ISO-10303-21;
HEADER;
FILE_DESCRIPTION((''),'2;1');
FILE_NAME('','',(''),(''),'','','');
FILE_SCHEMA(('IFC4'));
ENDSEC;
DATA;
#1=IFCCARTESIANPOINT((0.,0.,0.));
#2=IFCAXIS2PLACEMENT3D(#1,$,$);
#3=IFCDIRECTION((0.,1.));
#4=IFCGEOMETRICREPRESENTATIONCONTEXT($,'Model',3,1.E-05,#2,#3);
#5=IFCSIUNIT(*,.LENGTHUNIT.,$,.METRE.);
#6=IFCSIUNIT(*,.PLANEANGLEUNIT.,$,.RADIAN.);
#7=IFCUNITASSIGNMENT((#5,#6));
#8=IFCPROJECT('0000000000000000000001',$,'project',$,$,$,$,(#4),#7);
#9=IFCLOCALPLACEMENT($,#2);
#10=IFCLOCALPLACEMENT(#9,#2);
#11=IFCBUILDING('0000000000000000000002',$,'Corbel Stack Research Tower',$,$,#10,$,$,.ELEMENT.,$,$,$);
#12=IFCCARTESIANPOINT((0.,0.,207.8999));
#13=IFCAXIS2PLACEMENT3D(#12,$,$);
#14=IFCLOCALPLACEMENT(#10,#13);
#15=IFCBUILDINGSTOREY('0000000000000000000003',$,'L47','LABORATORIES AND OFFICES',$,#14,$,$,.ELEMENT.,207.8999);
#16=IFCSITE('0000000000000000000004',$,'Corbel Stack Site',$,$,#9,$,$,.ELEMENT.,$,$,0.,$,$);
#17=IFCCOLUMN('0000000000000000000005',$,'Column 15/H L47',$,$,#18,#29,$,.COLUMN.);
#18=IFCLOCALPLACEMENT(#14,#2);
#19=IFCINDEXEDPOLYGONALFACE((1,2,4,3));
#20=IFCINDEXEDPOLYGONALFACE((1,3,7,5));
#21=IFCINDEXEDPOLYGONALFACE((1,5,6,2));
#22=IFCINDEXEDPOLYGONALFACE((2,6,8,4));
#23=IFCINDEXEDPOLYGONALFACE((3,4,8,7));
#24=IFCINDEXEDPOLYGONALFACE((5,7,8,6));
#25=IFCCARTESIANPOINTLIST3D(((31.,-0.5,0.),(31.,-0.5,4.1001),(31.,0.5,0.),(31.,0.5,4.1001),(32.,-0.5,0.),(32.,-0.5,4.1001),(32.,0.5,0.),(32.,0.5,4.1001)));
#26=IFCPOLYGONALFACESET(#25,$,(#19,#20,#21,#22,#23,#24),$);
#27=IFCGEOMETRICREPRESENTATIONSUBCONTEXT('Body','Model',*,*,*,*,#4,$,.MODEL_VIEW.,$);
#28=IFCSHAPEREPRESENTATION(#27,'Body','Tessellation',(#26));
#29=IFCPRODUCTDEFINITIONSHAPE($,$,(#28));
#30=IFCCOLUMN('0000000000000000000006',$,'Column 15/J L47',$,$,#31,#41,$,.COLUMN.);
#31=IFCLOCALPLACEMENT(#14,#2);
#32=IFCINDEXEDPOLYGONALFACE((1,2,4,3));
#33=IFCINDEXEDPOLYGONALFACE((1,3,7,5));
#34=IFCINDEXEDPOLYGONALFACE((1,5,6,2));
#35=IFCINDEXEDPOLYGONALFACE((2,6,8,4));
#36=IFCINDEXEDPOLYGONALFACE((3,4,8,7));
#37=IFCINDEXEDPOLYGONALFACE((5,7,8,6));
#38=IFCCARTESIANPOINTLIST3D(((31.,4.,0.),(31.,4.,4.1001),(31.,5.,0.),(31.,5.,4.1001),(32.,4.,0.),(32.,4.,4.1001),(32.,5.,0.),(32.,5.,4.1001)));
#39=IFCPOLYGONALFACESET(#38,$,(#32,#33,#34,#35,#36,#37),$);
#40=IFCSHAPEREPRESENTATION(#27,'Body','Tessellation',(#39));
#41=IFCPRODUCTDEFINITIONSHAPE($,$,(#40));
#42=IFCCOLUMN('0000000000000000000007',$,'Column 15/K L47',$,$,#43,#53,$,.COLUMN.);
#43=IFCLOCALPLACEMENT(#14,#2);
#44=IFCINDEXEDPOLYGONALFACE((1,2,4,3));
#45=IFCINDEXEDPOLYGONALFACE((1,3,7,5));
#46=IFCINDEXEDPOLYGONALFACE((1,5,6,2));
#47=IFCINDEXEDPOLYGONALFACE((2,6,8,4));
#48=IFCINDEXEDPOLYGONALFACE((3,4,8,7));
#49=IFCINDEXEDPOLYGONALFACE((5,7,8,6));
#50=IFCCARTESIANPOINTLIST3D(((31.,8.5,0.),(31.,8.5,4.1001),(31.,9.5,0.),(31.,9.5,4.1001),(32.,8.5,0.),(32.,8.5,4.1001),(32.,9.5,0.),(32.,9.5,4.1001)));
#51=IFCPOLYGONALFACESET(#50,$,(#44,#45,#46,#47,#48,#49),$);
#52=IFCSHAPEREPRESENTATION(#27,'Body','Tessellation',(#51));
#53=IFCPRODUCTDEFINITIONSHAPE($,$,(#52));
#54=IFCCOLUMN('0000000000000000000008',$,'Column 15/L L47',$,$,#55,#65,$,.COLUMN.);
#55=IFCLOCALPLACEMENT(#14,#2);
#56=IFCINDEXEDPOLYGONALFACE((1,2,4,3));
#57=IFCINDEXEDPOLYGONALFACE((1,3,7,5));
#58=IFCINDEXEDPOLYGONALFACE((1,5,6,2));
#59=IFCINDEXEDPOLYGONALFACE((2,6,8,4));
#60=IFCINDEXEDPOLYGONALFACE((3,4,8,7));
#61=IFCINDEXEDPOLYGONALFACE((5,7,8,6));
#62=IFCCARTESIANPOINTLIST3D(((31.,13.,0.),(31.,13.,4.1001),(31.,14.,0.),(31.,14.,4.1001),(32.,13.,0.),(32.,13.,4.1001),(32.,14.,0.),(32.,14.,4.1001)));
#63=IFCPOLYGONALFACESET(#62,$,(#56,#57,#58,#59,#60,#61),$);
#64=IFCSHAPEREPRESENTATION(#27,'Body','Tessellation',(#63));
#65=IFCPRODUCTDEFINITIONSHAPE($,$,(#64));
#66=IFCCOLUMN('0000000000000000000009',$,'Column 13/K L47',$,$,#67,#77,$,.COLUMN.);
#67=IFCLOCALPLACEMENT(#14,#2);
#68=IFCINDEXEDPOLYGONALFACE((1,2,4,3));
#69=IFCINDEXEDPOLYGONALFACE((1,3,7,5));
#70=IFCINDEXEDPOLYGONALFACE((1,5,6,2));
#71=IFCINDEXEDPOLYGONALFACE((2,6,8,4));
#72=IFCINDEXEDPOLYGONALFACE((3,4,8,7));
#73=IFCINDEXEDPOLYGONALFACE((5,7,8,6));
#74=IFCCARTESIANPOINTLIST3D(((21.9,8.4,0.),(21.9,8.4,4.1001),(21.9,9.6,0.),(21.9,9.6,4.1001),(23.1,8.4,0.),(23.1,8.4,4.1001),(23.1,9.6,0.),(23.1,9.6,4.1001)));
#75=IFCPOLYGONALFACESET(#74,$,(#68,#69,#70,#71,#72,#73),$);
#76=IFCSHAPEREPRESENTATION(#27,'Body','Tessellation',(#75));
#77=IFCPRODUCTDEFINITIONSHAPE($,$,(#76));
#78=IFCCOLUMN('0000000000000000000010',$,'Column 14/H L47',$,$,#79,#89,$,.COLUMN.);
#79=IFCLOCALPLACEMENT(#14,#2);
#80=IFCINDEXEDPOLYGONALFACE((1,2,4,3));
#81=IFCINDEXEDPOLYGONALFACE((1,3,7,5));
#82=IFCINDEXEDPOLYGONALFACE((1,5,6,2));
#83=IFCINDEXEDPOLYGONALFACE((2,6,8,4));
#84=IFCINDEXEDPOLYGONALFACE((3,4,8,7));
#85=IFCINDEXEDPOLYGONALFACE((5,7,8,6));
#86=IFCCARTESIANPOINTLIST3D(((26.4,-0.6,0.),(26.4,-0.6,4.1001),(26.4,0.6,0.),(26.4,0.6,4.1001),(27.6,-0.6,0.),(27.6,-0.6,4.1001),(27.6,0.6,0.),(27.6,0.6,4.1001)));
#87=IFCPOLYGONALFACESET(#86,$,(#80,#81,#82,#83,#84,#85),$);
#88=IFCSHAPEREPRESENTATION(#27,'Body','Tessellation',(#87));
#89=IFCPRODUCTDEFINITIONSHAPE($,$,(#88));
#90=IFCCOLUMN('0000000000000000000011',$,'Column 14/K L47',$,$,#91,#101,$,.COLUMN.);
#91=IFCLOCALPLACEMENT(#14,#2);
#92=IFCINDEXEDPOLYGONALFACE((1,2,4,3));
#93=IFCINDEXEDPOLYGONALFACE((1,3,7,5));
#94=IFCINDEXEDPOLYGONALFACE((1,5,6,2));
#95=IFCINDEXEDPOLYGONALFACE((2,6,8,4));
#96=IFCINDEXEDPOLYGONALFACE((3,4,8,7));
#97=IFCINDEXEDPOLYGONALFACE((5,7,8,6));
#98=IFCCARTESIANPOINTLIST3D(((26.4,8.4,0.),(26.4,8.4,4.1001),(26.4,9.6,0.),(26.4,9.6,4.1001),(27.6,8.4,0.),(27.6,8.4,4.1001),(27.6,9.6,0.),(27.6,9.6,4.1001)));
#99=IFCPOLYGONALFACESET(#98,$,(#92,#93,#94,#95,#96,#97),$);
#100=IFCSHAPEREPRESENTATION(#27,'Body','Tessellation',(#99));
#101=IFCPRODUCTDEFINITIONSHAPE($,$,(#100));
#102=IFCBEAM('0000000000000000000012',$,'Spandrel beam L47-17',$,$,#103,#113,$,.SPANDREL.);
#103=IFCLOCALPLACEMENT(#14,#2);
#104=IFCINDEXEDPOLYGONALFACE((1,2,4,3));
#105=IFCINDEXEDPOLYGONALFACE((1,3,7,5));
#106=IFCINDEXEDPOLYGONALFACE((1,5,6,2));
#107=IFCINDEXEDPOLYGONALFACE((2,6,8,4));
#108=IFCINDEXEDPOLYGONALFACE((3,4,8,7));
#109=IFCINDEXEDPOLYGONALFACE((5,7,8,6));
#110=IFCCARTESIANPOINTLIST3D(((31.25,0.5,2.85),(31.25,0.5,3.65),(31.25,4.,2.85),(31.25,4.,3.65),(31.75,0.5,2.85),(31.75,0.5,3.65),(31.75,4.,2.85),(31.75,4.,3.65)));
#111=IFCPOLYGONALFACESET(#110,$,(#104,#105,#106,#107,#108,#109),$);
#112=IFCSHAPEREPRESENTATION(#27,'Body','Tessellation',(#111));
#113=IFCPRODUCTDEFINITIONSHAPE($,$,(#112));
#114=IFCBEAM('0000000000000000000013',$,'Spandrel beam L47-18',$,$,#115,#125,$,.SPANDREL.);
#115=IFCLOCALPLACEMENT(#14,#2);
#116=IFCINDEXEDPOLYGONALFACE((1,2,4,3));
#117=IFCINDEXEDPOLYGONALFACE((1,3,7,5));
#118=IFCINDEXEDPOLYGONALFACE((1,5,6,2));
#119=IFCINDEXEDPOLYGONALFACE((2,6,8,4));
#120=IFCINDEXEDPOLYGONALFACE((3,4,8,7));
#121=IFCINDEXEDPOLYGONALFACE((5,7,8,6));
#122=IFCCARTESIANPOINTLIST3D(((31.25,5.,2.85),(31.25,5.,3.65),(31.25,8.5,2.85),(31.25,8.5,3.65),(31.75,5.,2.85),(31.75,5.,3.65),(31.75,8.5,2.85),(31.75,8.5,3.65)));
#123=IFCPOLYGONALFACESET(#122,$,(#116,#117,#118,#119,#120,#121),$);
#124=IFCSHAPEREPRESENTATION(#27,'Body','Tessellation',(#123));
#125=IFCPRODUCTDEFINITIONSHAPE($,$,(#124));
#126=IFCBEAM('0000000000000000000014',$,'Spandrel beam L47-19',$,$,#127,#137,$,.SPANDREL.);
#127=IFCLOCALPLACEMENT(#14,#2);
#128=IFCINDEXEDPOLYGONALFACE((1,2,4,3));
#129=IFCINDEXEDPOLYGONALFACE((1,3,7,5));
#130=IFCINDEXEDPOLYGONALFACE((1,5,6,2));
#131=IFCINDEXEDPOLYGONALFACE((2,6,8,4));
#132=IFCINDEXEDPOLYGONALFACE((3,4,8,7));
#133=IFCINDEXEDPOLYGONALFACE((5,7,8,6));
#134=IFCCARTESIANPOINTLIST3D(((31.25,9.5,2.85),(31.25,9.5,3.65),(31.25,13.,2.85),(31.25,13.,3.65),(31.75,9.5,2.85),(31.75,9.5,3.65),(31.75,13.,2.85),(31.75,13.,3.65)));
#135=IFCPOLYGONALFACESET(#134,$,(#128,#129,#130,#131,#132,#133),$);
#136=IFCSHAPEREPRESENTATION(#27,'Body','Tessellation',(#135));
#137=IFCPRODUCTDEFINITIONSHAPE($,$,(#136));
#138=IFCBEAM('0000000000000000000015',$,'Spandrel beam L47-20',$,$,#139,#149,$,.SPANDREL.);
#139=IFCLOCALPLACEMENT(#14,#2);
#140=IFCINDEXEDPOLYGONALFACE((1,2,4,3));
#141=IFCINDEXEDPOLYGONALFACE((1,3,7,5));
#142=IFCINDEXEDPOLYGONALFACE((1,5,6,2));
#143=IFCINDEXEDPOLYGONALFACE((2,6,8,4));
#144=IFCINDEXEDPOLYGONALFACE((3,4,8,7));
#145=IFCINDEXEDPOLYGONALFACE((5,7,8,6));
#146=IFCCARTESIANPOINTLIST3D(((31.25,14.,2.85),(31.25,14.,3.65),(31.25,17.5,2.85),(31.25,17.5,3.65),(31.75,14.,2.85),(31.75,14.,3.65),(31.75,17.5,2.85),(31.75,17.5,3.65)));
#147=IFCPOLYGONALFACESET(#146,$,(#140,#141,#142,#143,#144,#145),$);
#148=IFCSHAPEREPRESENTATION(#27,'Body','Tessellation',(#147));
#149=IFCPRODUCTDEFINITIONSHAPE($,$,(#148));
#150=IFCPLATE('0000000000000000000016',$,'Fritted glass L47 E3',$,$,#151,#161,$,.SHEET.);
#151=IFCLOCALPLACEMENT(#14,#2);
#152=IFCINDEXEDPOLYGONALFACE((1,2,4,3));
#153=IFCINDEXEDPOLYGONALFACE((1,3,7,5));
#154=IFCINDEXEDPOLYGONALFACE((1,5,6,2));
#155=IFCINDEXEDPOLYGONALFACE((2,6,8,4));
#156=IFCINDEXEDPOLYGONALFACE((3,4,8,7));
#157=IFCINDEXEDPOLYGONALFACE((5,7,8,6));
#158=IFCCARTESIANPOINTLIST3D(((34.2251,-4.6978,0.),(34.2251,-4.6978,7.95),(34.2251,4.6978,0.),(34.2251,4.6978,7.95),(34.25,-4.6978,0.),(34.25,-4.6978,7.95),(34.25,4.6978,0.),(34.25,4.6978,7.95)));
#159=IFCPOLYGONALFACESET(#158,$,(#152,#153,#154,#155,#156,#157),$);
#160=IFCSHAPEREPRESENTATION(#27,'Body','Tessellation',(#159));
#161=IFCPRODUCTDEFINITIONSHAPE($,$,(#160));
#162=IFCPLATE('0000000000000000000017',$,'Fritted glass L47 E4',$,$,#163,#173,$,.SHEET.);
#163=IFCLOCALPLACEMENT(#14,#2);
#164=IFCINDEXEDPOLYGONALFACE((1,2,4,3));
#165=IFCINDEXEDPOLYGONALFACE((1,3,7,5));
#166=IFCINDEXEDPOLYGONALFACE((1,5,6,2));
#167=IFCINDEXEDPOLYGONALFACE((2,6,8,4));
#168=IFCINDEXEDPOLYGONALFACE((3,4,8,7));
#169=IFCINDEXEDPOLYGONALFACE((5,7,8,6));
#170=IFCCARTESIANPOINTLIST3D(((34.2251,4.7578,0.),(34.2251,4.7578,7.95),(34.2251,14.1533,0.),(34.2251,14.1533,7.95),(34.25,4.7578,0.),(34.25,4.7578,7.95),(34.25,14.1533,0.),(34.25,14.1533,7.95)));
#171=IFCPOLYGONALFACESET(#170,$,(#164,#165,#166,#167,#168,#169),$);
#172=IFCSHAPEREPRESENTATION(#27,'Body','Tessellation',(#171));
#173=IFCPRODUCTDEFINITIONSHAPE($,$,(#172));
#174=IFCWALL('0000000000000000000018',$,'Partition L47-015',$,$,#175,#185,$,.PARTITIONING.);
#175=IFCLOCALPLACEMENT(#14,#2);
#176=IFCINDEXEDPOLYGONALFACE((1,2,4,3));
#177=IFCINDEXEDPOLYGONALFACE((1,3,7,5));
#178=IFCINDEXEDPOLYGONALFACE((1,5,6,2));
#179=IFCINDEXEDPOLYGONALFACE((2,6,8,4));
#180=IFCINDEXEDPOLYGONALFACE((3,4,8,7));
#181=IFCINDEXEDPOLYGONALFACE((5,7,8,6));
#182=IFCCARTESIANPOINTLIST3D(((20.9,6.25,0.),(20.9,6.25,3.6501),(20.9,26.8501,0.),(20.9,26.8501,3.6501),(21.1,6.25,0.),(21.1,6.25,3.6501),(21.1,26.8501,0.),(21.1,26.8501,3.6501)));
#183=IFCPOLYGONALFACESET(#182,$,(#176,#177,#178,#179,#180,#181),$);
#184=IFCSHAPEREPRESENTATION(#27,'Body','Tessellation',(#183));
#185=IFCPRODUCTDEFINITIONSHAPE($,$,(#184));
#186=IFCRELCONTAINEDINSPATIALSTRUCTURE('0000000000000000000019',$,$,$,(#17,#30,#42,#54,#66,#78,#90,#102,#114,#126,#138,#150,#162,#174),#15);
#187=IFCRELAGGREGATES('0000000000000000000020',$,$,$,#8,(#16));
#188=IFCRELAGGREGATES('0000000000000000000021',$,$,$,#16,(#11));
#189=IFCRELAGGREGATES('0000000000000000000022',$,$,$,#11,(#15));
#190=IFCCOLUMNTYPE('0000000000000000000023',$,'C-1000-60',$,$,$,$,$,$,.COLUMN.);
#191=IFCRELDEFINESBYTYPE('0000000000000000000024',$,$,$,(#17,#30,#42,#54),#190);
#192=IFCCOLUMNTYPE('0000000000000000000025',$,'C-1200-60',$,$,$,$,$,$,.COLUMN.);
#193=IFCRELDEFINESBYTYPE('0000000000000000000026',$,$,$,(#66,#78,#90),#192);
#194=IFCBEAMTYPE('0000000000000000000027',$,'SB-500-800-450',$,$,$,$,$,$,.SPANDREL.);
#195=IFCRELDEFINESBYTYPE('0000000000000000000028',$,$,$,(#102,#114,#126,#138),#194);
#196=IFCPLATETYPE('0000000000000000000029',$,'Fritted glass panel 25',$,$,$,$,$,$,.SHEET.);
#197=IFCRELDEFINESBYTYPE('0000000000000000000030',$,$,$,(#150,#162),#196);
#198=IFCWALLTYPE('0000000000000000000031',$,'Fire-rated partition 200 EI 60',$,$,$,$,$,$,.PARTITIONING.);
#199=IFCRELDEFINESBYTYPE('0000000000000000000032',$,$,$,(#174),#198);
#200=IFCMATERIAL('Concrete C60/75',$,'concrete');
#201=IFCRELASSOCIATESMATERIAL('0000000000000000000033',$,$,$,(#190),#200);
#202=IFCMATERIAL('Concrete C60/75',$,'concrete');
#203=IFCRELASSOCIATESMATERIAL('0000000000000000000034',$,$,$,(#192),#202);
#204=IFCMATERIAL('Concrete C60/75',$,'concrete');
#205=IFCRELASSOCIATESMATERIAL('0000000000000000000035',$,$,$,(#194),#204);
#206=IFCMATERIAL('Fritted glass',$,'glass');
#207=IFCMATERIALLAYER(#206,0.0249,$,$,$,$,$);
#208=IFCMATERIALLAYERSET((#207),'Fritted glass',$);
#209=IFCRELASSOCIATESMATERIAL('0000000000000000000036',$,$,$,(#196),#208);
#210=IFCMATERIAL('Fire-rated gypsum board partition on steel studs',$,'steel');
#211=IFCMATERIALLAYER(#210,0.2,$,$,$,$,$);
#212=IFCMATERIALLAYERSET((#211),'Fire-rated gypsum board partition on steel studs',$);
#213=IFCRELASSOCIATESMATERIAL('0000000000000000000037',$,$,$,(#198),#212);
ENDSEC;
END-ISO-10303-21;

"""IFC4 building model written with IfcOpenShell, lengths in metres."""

from ifc_helpers import new_model, si_unit, direction, frame, frame_2d, origin, origin_2d, place, context, subcontext, project, spatial, rectangle, extrude, material, layer, layer_set, material_profile, profile_set, type_object, element, save


model = new_model("IFC4")

# Units and contexts
model_context = context("Model", 3, precision=1e-05, world=origin(), true_north=direction((0.0, 1.0)))
body_context = subcontext(model_context, "Body", "Model", "MODEL_VIEW")
ifc_project = project(units=[si_unit("LENGTHUNIT", "METRE"), si_unit("PLANEANGLEUNIT", "RADIAN")], contexts=[model_context])

# Site, building, storey
site_placement = place(None, origin())
site = spatial("IfcSite", under=ifc_project, at=site_placement, Name="Corbel Stack Site", CompositionType="ELEMENT", RefElevation=0.0)
building_placement = place(site_placement, origin())
building = spatial("IfcBuilding", under=site, at=building_placement, Name="Corbel Stack Research Tower", CompositionType="ELEMENT")
storey_placement = place(building_placement, frame((0.0, 0.0, 207.8999)))
storey = spatial("IfcBuildingStorey", under=building, at=storey_placement, Name="L47", Description="LABORATORIES AND OFFICES", CompositionType="ELEMENT", Elevation=207.8999)

# Columns
ifc_material_1 = material(Name="Concrete C60/75", Category="concrete")
ifc_material_profile_1 = material_profile(ifc_material_1, rectangle(XDim=1.0, YDim=1.0, at=origin_2d()), Name="RC 1000 x 1000")
ifc_profile_set_1 = profile_set([ifc_material_profile_1], Name="Concrete C60/75")
column_type_1 = type_object("IfcColumnType", Name="C-1000-60", PredefinedType="COLUMN", material=ifc_profile_set_1)
for number, where, z_axis, x_axis, name in (
    (1, (31.5, 0.0, 0.0), (0.0, 0.0, 1.0), (1.0, 0.0, 0.0), "Column 15/H L47"),
    (2, (31.5, 4.5, 0.0), (0.0, 0.0, 1.0), (1.0, 0.0, 0.0), "Column 15/J L47"),
    (3, (31.5, 9.0, 0.0), (0.0, 0.0, 1.0), (1.0, 0.0, 0.0), "Column 15/K L47"),
    (4, (31.5, 13.5, 0.0), (0.0, 0.0, 1.0), (1.0, 0.0, 0.0), "Column 15/L L47"),
):
    element("IfcColumn", number, at=place(storey_placement, frame(where, z_axis=z_axis, x_axis=x_axis)), inside=storey, type_object=column_type_1, Name=name, PredefinedType="COLUMN", context=body_context, shape_type="SweptSolid", body=[
        extrude(rectangle(XDim=1.0, YDim=1.0, at=origin_2d()), origin(), (0.0, 0.0, 1.0), 4.1001),
    ])
ifc_material_2 = material(Name="Concrete C60/75", Category="concrete")
ifc_material_profile_2 = material_profile(ifc_material_2, rectangle(XDim=1.2, YDim=1.2, at=origin_2d()), Name="RC 1200 x 1200")
ifc_profile_set_2 = profile_set([ifc_material_profile_2], Name="Concrete C60/75")
column_type_2 = type_object("IfcColumnType", Name="C-1200-60", PredefinedType="COLUMN", material=ifc_profile_set_2)
for number, where, z_axis, x_axis, name in (
    (5, (22.5, 9.0, 0.0), (0.0, 0.0, 1.0), (1.0, 0.0, 0.0), "Column 13/K L47"),
    (6, (27.0, 0.0, 0.0), (0.0, 0.0, 1.0), (1.0, 0.0, 0.0), "Column 14/H L47"),
    (7, (27.0, 9.0, 0.0), (0.0, 0.0, 1.0), (1.0, 0.0, 0.0), "Column 14/K L47"),
):
    element("IfcColumn", number, at=place(storey_placement, frame(where, z_axis=z_axis, x_axis=x_axis)), inside=storey, type_object=column_type_2, Name=name, PredefinedType="COLUMN", context=body_context, shape_type="SweptSolid", body=[
        extrude(rectangle(XDim=1.2, YDim=1.2, at=origin_2d()), origin(), (0.0, 0.0, 1.0), 4.1001),
    ])

# Beams
ifc_material_3 = material(Name="Concrete C60/75", Category="concrete")
ifc_material_profile_3 = material_profile(ifc_material_3, rectangle(XDim=0.5, YDim=0.8, at=origin_2d()), Name="RC 500 x 800")
ifc_profile_set_3 = profile_set([ifc_material_profile_3], Name="Concrete C60/75")
beam_type = type_object("IfcBeamType", Name="SB-500-800-450", PredefinedType="SPANDREL", material=ifc_profile_set_3)
for number, where, z_axis, x_axis, name in (
    (8, (31.5, 0.5, 3.25), (0.0, 1.0, 0.0), (-1.0, 0.0, 0.0), "Spandrel beam L47-17"),
    (9, (31.5, 5.0, 3.25), (0.0, 1.0, 0.0), (-1.0, 0.0, 0.0), "Spandrel beam L47-18"),
    (10, (31.5, 9.5, 3.25), (0.0, 1.0, 0.0), (-1.0, 0.0, 0.0), "Spandrel beam L47-19"),
    (11, (31.5, 14.0, 3.25), (0.0, 1.0, 0.0), (-1.0, 0.0, 0.0), "Spandrel beam L47-20"),
):
    element("IfcBeam", number, at=place(storey_placement, frame(where, z_axis=z_axis, x_axis=x_axis)), inside=storey, type_object=beam_type, Name=name, PredefinedType="SPANDREL", context=body_context, shape_type="SweptSolid", body=[
        extrude(rectangle(XDim=0.5, YDim=0.8, at=origin_2d()), origin(), (0.0, 0.0, 1.0), 3.5),
    ])

# Plates
ifc_material_4 = material(Name="Fritted glass", Category="glass")
ifc_layer_1 = layer(ifc_material_4, 0.0249)
ifc_layer_set_1 = layer_set([ifc_layer_1], Name="Fritted glass")
plate_type = type_object("IfcPlateType", Name="Fritted glass panel 25", PredefinedType="SHEET", material=ifc_layer_set_1)
for number, where, z_axis, x_axis, name in (
    (12, (34.2375, 0.0, 0.0), (0.0, 0.0, 1.0), (0.0, 1.0, 0.0), "Fritted glass L47 E3"),
    (13, (34.2375, 9.4556, 0.0), (0.0, 0.0, 1.0), (0.0, 1.0, 0.0), "Fritted glass L47 E4"),
):
    element("IfcPlate", number, at=place(storey_placement, frame(where, z_axis=z_axis, x_axis=x_axis)), inside=storey, type_object=plate_type, Name=name, PredefinedType="SHEET", context=body_context, shape_type="SweptSolid", body=[
        extrude(rectangle(XDim=9.3955, YDim=0.0249, at=origin_2d()), origin(), (0.0, 0.0, 1.0), 7.95),
    ])

# Wall
ifc_material_5 = material(Name="Fire-rated gypsum board partition on steel studs", Category="steel")
ifc_layer_2 = layer(ifc_material_5, 0.2)
ifc_layer_set_2 = layer_set([ifc_layer_2], Name="Fire-rated gypsum board partition on steel studs")
wall_type_1 = type_object("IfcWallType", Name="Fire-rated partition 200 EI 60", PredefinedType="PARTITIONING", material=ifc_layer_set_2)
wall_1_placement = place(storey_placement, frame((21.0, 6.25, 0.0), z_axis=(0.0, 0.0, 1.0), x_axis=(0.0, 1.0, 0.0)))
element("IfcWall", 14, at=wall_1_placement, inside=storey, type_object=wall_type_1, Name="Partition L47-015", PredefinedType="PARTITIONING", context=body_context, shape_type="SweptSolid", body=[
    extrude(rectangle(XDim=20.6001, YDim=0.2, at=frame_2d((10.3, 0.0))), origin(), (0.0, 0.0, 1.0), 3.6501),
])

save(model, "model.ifc")
